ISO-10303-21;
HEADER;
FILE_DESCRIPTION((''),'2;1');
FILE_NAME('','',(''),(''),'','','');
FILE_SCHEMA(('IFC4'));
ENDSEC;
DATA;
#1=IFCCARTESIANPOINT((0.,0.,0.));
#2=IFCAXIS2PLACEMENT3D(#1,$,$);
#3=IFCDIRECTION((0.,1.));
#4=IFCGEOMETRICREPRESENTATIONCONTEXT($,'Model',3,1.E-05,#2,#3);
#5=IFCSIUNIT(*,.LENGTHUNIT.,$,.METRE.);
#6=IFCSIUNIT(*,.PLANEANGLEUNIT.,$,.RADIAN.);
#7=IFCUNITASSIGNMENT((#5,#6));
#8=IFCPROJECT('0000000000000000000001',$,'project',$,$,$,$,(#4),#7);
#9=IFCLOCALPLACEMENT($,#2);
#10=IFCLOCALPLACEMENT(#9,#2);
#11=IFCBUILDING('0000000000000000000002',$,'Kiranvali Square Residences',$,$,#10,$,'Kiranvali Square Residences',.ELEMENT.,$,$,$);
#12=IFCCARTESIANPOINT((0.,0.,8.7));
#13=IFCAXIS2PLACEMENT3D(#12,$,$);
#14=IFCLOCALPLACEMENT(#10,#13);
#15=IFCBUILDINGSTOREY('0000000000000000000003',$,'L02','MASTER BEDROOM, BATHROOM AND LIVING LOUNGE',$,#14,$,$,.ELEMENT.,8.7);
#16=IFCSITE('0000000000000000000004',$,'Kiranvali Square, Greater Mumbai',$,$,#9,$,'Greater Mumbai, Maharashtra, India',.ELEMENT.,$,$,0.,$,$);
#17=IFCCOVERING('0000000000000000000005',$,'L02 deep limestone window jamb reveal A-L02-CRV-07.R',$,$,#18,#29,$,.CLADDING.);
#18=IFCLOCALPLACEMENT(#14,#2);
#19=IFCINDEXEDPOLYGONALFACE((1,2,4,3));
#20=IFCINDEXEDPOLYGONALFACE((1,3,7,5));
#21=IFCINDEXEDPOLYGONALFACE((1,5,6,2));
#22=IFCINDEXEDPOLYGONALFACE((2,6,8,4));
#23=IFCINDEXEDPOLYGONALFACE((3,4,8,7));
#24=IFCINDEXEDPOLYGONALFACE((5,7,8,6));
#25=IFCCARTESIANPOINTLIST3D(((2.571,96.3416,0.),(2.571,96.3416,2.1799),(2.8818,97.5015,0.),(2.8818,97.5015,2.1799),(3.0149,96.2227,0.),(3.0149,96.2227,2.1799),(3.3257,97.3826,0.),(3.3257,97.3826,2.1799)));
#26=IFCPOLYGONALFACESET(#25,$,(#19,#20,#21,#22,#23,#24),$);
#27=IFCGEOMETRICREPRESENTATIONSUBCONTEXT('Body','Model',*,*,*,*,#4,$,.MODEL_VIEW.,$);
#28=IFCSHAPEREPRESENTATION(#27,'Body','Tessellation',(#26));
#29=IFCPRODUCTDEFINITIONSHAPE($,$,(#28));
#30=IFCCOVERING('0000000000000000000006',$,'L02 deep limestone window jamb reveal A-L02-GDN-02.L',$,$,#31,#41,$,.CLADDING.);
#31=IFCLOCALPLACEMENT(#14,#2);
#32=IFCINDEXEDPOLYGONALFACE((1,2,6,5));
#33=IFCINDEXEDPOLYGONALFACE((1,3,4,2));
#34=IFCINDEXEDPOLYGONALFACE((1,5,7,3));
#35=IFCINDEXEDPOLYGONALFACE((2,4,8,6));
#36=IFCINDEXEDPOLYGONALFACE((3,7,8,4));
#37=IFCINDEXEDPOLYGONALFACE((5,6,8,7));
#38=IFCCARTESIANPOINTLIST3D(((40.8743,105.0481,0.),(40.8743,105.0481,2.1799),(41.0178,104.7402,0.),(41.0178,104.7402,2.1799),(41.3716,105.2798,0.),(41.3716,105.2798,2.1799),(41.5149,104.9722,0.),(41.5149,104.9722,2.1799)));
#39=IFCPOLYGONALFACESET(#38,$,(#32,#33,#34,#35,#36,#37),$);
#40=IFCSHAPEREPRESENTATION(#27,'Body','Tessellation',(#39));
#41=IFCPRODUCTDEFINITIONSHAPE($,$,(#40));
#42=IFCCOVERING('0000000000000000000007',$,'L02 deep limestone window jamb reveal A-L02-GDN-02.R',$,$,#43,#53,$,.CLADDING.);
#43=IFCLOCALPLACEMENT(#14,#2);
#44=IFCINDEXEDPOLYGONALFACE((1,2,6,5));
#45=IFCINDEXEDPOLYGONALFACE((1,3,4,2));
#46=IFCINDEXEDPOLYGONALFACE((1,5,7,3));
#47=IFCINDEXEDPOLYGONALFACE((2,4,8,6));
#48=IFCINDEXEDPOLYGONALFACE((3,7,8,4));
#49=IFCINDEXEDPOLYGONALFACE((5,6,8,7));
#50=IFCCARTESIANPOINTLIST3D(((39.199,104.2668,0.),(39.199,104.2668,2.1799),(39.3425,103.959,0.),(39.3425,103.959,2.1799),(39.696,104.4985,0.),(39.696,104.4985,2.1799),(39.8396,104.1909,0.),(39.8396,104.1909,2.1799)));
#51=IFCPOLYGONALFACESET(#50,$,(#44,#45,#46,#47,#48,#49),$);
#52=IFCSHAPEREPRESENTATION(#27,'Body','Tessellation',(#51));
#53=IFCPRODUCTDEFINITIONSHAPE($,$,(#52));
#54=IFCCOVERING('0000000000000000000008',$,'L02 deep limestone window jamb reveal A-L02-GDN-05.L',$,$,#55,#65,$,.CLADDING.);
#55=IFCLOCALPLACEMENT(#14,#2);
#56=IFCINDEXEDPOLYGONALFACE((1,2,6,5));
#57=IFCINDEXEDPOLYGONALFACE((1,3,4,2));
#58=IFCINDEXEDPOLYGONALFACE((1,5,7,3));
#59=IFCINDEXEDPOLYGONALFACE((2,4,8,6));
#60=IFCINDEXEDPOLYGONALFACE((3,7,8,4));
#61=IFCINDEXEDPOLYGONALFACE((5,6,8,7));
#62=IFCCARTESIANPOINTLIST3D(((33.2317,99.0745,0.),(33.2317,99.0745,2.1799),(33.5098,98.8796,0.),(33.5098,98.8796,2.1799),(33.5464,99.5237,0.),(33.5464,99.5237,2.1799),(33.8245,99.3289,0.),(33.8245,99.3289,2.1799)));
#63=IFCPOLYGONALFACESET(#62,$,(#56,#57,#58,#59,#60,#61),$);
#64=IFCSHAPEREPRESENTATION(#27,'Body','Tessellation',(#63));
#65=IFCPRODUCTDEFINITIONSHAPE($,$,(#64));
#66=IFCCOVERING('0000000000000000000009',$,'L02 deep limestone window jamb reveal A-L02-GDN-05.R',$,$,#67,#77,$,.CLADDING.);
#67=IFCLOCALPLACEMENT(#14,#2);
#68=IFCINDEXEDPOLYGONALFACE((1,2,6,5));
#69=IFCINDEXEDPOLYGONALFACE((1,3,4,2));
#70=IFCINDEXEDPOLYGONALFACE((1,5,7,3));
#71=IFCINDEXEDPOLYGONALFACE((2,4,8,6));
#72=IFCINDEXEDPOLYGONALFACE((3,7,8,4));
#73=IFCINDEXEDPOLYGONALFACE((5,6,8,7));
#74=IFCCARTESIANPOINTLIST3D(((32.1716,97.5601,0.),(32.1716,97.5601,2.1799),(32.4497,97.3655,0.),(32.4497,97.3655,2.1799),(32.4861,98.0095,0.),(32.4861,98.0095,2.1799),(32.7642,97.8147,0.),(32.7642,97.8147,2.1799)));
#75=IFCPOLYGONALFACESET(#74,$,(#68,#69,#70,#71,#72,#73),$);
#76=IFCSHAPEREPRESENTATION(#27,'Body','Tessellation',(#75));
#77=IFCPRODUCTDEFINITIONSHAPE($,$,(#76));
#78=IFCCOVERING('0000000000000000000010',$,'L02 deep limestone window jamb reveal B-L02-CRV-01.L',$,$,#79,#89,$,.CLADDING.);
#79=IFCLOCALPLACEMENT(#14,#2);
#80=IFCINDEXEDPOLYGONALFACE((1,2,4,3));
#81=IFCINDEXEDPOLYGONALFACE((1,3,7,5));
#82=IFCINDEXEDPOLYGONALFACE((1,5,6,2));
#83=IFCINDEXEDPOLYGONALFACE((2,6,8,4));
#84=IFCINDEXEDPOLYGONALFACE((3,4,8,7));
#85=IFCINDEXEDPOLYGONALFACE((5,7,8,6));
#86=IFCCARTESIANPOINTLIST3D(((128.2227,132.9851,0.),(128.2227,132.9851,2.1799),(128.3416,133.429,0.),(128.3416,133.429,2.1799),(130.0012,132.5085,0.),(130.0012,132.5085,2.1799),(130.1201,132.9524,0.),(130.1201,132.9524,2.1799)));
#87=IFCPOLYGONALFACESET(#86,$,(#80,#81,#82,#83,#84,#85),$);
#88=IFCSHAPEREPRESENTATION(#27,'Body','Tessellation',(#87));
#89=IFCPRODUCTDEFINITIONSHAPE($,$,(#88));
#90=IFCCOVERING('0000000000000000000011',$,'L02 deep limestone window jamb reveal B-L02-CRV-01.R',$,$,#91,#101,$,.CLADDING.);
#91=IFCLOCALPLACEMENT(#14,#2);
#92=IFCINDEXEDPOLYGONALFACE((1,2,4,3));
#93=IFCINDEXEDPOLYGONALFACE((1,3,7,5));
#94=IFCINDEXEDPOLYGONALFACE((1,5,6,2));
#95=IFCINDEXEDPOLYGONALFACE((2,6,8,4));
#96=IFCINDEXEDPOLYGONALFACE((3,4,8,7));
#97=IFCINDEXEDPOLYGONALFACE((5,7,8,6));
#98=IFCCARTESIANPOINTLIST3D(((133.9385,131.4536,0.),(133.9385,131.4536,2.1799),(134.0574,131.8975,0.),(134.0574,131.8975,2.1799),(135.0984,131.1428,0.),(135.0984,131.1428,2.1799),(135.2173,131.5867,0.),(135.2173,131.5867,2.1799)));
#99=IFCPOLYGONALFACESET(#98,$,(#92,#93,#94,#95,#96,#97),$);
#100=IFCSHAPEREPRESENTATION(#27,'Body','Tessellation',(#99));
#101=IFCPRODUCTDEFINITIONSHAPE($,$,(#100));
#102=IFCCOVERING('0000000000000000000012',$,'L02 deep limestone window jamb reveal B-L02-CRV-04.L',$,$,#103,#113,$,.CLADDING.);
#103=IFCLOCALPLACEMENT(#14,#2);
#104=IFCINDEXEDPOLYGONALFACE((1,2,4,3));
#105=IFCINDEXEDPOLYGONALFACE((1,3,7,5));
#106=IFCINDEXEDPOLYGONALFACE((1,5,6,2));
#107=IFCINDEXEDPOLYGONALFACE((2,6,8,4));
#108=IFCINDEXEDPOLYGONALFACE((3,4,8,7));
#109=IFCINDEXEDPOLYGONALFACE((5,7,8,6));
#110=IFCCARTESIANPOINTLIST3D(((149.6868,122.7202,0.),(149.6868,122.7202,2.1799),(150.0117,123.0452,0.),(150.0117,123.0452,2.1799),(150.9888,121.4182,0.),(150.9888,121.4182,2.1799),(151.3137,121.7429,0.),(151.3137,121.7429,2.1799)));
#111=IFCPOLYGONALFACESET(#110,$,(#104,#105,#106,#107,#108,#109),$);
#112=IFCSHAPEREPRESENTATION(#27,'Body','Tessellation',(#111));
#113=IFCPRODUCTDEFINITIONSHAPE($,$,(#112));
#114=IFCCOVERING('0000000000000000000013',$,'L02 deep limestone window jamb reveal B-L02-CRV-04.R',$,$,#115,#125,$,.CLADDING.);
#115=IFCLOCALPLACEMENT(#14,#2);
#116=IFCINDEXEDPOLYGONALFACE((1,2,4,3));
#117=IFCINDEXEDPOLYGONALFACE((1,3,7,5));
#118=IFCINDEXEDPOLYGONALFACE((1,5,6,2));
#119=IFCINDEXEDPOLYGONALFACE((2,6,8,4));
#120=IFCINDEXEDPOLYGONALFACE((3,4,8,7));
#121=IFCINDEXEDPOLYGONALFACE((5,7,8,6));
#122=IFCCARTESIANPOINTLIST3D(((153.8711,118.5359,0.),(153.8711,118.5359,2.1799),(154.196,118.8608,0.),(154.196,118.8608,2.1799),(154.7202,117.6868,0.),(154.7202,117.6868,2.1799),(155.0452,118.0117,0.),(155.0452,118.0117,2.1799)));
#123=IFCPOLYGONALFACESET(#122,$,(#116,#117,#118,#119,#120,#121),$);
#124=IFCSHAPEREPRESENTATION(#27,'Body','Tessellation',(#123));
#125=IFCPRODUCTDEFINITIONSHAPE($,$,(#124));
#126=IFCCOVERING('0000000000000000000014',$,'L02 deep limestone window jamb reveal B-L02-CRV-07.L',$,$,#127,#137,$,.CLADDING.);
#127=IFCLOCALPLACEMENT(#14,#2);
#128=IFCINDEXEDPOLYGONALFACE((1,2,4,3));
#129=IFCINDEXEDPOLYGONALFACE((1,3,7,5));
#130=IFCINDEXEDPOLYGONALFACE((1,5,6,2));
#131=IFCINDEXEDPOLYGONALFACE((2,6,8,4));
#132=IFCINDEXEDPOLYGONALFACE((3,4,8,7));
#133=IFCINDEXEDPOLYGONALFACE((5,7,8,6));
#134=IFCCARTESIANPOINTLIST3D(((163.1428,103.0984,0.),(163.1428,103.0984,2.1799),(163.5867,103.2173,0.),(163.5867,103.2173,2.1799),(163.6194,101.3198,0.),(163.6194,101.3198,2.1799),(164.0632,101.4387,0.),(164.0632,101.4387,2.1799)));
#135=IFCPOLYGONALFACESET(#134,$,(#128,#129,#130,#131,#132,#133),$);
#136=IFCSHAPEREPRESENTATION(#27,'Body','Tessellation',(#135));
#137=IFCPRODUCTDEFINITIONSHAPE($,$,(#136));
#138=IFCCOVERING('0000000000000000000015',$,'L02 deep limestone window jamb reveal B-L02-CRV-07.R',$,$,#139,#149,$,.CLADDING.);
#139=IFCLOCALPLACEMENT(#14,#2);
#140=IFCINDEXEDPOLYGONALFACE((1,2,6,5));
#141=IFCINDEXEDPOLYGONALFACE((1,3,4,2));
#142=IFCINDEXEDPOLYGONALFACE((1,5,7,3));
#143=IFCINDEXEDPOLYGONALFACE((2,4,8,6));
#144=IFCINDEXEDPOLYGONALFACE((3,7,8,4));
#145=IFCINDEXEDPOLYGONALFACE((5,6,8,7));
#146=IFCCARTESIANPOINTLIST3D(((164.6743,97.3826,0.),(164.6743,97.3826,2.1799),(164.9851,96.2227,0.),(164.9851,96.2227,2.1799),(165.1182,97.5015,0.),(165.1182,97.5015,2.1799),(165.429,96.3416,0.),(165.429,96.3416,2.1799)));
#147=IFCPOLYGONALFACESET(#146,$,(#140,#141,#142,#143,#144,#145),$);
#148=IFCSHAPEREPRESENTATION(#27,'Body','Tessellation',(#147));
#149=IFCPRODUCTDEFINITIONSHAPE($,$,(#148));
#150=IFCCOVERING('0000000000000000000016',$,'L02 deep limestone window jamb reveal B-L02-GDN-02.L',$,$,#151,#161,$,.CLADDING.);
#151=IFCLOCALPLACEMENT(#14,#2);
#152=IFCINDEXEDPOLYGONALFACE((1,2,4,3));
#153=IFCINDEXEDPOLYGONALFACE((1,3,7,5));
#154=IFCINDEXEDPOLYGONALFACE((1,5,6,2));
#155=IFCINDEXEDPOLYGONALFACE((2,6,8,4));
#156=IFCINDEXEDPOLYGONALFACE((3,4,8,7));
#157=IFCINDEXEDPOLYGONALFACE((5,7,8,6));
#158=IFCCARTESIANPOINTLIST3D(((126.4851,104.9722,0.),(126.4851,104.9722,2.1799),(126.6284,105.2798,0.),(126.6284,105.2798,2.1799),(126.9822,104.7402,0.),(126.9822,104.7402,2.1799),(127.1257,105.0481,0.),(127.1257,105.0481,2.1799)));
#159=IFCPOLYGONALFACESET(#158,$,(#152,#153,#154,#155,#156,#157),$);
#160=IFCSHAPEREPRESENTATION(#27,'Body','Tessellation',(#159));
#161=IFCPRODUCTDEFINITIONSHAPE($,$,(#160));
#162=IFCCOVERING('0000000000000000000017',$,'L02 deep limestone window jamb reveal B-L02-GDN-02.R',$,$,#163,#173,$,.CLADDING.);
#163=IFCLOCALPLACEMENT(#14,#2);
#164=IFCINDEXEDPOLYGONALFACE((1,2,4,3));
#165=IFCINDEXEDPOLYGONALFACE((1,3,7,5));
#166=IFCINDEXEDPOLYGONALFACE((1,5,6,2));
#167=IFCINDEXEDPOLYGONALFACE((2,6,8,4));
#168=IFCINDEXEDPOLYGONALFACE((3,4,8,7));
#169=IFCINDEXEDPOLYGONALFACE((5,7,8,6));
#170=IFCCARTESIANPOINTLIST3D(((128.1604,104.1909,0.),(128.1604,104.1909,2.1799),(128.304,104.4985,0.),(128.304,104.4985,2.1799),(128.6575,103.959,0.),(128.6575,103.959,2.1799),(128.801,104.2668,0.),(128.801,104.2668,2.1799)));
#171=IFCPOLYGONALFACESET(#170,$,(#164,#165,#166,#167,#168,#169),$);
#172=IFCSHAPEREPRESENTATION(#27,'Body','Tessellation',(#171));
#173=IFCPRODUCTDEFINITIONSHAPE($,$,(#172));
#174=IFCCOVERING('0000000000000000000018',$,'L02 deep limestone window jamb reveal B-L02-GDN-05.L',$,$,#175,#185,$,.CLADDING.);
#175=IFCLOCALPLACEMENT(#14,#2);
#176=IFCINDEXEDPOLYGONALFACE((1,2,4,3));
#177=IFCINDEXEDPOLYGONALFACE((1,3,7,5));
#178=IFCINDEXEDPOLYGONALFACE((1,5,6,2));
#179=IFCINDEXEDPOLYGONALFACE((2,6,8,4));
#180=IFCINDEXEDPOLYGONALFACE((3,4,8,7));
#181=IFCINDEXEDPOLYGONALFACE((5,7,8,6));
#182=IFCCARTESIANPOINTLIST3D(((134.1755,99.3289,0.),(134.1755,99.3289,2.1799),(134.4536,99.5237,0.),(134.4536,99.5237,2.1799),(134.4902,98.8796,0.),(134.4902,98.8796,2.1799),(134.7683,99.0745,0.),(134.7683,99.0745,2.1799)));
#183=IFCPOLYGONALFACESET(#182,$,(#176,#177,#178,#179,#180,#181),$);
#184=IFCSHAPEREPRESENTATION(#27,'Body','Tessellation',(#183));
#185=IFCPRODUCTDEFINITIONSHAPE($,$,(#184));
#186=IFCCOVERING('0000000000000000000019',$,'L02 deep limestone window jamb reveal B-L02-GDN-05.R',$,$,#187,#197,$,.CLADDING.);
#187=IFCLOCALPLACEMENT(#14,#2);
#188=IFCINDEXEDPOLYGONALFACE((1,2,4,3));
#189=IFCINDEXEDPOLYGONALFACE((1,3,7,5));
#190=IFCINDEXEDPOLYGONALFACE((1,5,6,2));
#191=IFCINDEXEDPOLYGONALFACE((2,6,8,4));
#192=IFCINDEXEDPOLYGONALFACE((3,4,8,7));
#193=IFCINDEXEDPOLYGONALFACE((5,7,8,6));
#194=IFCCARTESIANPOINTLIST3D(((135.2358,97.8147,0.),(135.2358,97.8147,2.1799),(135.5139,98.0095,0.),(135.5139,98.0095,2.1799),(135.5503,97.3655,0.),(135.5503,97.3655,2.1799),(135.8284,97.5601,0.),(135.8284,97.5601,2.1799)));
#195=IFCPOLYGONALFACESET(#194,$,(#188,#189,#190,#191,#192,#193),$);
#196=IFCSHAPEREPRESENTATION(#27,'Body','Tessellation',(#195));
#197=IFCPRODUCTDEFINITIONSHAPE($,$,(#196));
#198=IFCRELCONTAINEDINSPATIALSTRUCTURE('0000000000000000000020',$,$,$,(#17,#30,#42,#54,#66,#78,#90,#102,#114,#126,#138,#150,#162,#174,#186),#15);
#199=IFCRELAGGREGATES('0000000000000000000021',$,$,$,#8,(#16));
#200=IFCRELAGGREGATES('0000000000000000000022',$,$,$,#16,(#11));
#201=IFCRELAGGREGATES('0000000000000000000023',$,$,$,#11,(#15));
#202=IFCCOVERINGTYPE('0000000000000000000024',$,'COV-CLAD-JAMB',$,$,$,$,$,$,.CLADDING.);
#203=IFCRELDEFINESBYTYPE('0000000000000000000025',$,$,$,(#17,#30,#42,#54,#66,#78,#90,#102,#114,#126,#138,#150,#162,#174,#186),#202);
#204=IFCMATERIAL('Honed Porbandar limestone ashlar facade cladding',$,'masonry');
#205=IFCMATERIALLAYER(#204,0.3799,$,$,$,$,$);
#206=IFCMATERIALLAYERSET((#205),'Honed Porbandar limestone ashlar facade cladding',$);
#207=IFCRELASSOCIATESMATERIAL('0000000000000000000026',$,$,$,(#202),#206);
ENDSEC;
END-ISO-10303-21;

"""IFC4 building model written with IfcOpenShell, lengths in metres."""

from ifc_helpers import new_model, si_unit, direction, frame, origin, place, context, subcontext, project, spatial, polyline, outline, extrude, material, layer, layer_set, type_object, element, save


model = new_model("IFC4")

# Units and contexts
model_context = context("Model", 3, precision=1e-05, world=origin(), true_north=direction((0.0, 1.0)))
body_context = subcontext(model_context, "Body", "Model", "MODEL_VIEW")
ifc_project = project(units=[si_unit("LENGTHUNIT", "METRE"), si_unit("PLANEANGLEUNIT", "RADIAN")], contexts=[model_context])

# Site, building, storey
site_placement = place(None, origin())
site = spatial("IfcSite", under=ifc_project, at=site_placement, Name="Kiranvali Square, Greater Mumbai", LongName="Greater Mumbai, Maharashtra, India", CompositionType="ELEMENT", RefElevation=0.0)
building_placement = place(site_placement, origin())
building = spatial("IfcBuilding", under=site, at=building_placement, Name="Kiranvali Square Residences", LongName="Kiranvali Square Residences", CompositionType="ELEMENT")
storey_placement = place(building_placement, frame((0.0, 0.0, 8.7)))
storey = spatial("IfcBuildingStorey", under=building, at=storey_placement, Name="L02", Description="MASTER BEDROOM, BATHROOM AND LIVING LOUNGE", CompositionType="ELEMENT", Elevation=8.7)

# Coverings
ifc_material = material(Name="Honed Porbandar limestone ashlar facade cladding", Category="masonry")
ifc_layer_1 = layer(ifc_material, 0.3799)
ifc_layer_set_1 = layer_set([ifc_layer_1], Name="Honed Porbandar limestone ashlar facade cladding")
covering_type_1 = type_object("IfcCoveringType", Name="COV-CLAD-JAMB", PredefinedType="CLADDING", material=ifc_layer_set_1)
covering_1_placement = place(storey_placement, origin())
element("IfcCovering", 1, at=covering_1_placement, inside=storey, type_object=covering_type_1, Name="L02 deep limestone window jamb reveal A-L02-CRV-07.R", PredefinedType="CLADDING", context=body_context, shape_type="SweptSolid", body=[
    extrude(outline(polyline([(2.8818, 97.5015), (2.571, 96.3416), (3.0149, 96.2227), (3.3257, 97.3826), (2.8818, 97.5015)])), origin(), (0.0, 0.0, 1.0), 2.1799),
])
covering_2_placement = place(storey_placement, origin())
element("IfcCovering", 2, at=covering_2_placement, inside=storey, type_object=covering_type_1, Name="L02 deep limestone window jamb reveal A-L02-GDN-02.L", PredefinedType="CLADDING", context=body_context, shape_type="SweptSolid", body=[
    extrude(outline(polyline([(41.3716, 105.2798), (40.8743, 105.0481), (41.0178, 104.7402), (41.5149, 104.9722), (41.3716, 105.2798)])), origin(), (0.0, 0.0, 1.0), 2.1799),
])
covering_3_placement = place(storey_placement, origin())
element("IfcCovering", 3, at=covering_3_placement, inside=storey, type_object=covering_type_1, Name="L02 deep limestone window jamb reveal A-L02-GDN-02.R", PredefinedType="CLADDING", context=body_context, shape_type="SweptSolid", body=[
    extrude(outline(polyline([(39.696, 104.4985), (39.199, 104.2668), (39.3425, 103.959), (39.8396, 104.1909), (39.696, 104.4985)])), origin(), (0.0, 0.0, 1.0), 2.1799),
])
covering_4_placement = place(storey_placement, origin())
element("IfcCovering", 4, at=covering_4_placement, inside=storey, type_object=covering_type_1, Name="L02 deep limestone window jamb reveal A-L02-GDN-05.L", PredefinedType="CLADDING", context=body_context, shape_type="SweptSolid", body=[
    extrude(outline(polyline([(33.5464, 99.5237), (33.2317, 99.0745), (33.5098, 98.8796), (33.8245, 99.3289), (33.5464, 99.5237)])), origin(), (0.0, 0.0, 1.0), 2.1799),
])
covering_5_placement = place(storey_placement, origin())
element("IfcCovering", 5, at=covering_5_placement, inside=storey, type_object=covering_type_1, Name="L02 deep limestone window jamb reveal A-L02-GDN-05.R", PredefinedType="CLADDING", context=body_context, shape_type="SweptSolid", body=[
    extrude(outline(polyline([(32.4861, 98.0095), (32.1716, 97.5601), (32.4497, 97.3655), (32.7642, 97.8147), (32.4861, 98.0095)])), origin(), (0.0, 0.0, 1.0), 2.1799),
])
covering_6_placement = place(storey_placement, origin())
element("IfcCovering", 6, at=covering_6_placement, inside=storey, type_object=covering_type_1, Name="L02 deep limestone window jamb reveal B-L02-CRV-01.L", PredefinedType="CLADDING", context=body_context, shape_type="SweptSolid", body=[
    extrude(outline(polyline([(128.2227, 132.9851), (130.0012, 132.5085), (130.1201, 132.9524), (128.3416, 133.429), (128.2227, 132.9851)])), origin(), (0.0, 0.0, 1.0), 2.1799),
])
covering_7_placement = place(storey_placement, origin())
element("IfcCovering", 7, at=covering_7_placement, inside=storey, type_object=covering_type_1, Name="L02 deep limestone window jamb reveal B-L02-CRV-01.R", PredefinedType="CLADDING", context=body_context, shape_type="SweptSolid", body=[
    extrude(outline(polyline([(133.9385, 131.4536), (135.0984, 131.1428), (135.2173, 131.5867), (134.0574, 131.8975), (133.9385, 131.4536)])), origin(), (0.0, 0.0, 1.0), 2.1799),
])
covering_8_placement = place(storey_placement, origin())
element("IfcCovering", 8, at=covering_8_placement, inside=storey, type_object=covering_type_1, Name="L02 deep limestone window jamb reveal B-L02-CRV-04.L", PredefinedType="CLADDING", context=body_context, shape_type="SweptSolid", body=[
    extrude(outline(polyline([(149.6868, 122.7202), (150.9888, 121.4182), (151.3137, 121.7429), (150.0117, 123.0452), (149.6868, 122.7202)])), origin(), (0.0, 0.0, 1.0), 2.1799),
])
covering_9_placement = place(storey_placement, origin())
element("IfcCovering", 9, at=covering_9_placement, inside=storey, type_object=covering_type_1, Name="L02 deep limestone window jamb reveal B-L02-CRV-04.R", PredefinedType="CLADDING", context=body_context, shape_type="SweptSolid", body=[
    extrude(outline(polyline([(153.8711, 118.5359), (154.7202, 117.6868), (155.0452, 118.0117), (154.196, 118.8608), (153.8711, 118.5359)])), origin(), (0.0, 0.0, 1.0), 2.1799),
])
covering_10_placement = place(storey_placement, origin())
element("IfcCovering", 10, at=covering_10_placement, inside=storey, type_object=covering_type_1, Name="L02 deep limestone window jamb reveal B-L02-CRV-07.L", PredefinedType="CLADDING", context=body_context, shape_type="SweptSolid", body=[
    extrude(outline(polyline([(163.1428, 103.0984), (163.6194, 101.3198), (164.0632, 101.4387), (163.5867, 103.2173), (163.1428, 103.0984)])), origin(), (0.0, 0.0, 1.0), 2.1799),
])
covering_11_placement = place(storey_placement, origin())
element("IfcCovering", 11, at=covering_11_placement, inside=storey, type_object=covering_type_1, Name="L02 deep limestone window jamb reveal B-L02-CRV-07.R", PredefinedType="CLADDING", context=body_context, shape_type="SweptSolid", body=[
    extrude(outline(polyline([(164.6743, 97.3826), (164.9851, 96.2227), (165.429, 96.3416), (165.1182, 97.5015), (164.6743, 97.3826)])), origin(), (0.0, 0.0, 1.0), 2.1799),
])
covering_12_placement = place(storey_placement, origin())
element("IfcCovering", 12, at=covering_12_placement, inside=storey, type_object=covering_type_1, Name="L02 deep limestone window jamb reveal B-L02-GDN-02.L", PredefinedType="CLADDING", context=body_context, shape_type="SweptSolid", body=[
    extrude(outline(polyline([(126.4851, 104.9722), (126.9822, 104.7402), (127.1257, 105.0481), (126.6284, 105.2798), (126.4851, 104.9722)])), origin(), (0.0, 0.0, 1.0), 2.1799),
])
covering_13_placement = place(storey_placement, origin())
element("IfcCovering", 13, at=covering_13_placement, inside=storey, type_object=covering_type_1, Name="L02 deep limestone window jamb reveal B-L02-GDN-02.R", PredefinedType="CLADDING", context=body_context, shape_type="SweptSolid", body=[
    extrude(outline(polyline([(128.1604, 104.1909), (128.6575, 103.959), (128.801, 104.2668), (128.304, 104.4985), (128.1604, 104.1909)])), origin(), (0.0, 0.0, 1.0), 2.1799),
])
covering_14_placement = place(storey_placement, origin())
element("IfcCovering", 14, at=covering_14_placement, inside=storey, type_object=covering_type_1, Name="L02 deep limestone window jamb reveal B-L02-GDN-05.L", PredefinedType="CLADDING", context=body_context, shape_type="SweptSolid", body=[
    extrude(outline(polyline([(134.1755, 99.3289), (134.4902, 98.8796), (134.7683, 99.0745), (134.4536, 99.5237), (134.1755, 99.3289)])), origin(), (0.0, 0.0, 1.0), 2.1799),
])
covering_15_placement = place(storey_placement, origin())
element("IfcCovering", 15, at=covering_15_placement, inside=storey, type_object=covering_type_1, Name="L02 deep limestone window jamb reveal B-L02-GDN-05.R", PredefinedType="CLADDING", context=body_context, shape_type="SweptSolid", body=[
    extrude(outline(polyline([(135.2358, 97.8147), (135.5503, 97.3655), (135.8284, 97.5601), (135.5139, 98.0095), (135.2358, 97.8147)])), origin(), (0.0, 0.0, 1.0), 2.1799),
])

save(model, "model.ifc")
